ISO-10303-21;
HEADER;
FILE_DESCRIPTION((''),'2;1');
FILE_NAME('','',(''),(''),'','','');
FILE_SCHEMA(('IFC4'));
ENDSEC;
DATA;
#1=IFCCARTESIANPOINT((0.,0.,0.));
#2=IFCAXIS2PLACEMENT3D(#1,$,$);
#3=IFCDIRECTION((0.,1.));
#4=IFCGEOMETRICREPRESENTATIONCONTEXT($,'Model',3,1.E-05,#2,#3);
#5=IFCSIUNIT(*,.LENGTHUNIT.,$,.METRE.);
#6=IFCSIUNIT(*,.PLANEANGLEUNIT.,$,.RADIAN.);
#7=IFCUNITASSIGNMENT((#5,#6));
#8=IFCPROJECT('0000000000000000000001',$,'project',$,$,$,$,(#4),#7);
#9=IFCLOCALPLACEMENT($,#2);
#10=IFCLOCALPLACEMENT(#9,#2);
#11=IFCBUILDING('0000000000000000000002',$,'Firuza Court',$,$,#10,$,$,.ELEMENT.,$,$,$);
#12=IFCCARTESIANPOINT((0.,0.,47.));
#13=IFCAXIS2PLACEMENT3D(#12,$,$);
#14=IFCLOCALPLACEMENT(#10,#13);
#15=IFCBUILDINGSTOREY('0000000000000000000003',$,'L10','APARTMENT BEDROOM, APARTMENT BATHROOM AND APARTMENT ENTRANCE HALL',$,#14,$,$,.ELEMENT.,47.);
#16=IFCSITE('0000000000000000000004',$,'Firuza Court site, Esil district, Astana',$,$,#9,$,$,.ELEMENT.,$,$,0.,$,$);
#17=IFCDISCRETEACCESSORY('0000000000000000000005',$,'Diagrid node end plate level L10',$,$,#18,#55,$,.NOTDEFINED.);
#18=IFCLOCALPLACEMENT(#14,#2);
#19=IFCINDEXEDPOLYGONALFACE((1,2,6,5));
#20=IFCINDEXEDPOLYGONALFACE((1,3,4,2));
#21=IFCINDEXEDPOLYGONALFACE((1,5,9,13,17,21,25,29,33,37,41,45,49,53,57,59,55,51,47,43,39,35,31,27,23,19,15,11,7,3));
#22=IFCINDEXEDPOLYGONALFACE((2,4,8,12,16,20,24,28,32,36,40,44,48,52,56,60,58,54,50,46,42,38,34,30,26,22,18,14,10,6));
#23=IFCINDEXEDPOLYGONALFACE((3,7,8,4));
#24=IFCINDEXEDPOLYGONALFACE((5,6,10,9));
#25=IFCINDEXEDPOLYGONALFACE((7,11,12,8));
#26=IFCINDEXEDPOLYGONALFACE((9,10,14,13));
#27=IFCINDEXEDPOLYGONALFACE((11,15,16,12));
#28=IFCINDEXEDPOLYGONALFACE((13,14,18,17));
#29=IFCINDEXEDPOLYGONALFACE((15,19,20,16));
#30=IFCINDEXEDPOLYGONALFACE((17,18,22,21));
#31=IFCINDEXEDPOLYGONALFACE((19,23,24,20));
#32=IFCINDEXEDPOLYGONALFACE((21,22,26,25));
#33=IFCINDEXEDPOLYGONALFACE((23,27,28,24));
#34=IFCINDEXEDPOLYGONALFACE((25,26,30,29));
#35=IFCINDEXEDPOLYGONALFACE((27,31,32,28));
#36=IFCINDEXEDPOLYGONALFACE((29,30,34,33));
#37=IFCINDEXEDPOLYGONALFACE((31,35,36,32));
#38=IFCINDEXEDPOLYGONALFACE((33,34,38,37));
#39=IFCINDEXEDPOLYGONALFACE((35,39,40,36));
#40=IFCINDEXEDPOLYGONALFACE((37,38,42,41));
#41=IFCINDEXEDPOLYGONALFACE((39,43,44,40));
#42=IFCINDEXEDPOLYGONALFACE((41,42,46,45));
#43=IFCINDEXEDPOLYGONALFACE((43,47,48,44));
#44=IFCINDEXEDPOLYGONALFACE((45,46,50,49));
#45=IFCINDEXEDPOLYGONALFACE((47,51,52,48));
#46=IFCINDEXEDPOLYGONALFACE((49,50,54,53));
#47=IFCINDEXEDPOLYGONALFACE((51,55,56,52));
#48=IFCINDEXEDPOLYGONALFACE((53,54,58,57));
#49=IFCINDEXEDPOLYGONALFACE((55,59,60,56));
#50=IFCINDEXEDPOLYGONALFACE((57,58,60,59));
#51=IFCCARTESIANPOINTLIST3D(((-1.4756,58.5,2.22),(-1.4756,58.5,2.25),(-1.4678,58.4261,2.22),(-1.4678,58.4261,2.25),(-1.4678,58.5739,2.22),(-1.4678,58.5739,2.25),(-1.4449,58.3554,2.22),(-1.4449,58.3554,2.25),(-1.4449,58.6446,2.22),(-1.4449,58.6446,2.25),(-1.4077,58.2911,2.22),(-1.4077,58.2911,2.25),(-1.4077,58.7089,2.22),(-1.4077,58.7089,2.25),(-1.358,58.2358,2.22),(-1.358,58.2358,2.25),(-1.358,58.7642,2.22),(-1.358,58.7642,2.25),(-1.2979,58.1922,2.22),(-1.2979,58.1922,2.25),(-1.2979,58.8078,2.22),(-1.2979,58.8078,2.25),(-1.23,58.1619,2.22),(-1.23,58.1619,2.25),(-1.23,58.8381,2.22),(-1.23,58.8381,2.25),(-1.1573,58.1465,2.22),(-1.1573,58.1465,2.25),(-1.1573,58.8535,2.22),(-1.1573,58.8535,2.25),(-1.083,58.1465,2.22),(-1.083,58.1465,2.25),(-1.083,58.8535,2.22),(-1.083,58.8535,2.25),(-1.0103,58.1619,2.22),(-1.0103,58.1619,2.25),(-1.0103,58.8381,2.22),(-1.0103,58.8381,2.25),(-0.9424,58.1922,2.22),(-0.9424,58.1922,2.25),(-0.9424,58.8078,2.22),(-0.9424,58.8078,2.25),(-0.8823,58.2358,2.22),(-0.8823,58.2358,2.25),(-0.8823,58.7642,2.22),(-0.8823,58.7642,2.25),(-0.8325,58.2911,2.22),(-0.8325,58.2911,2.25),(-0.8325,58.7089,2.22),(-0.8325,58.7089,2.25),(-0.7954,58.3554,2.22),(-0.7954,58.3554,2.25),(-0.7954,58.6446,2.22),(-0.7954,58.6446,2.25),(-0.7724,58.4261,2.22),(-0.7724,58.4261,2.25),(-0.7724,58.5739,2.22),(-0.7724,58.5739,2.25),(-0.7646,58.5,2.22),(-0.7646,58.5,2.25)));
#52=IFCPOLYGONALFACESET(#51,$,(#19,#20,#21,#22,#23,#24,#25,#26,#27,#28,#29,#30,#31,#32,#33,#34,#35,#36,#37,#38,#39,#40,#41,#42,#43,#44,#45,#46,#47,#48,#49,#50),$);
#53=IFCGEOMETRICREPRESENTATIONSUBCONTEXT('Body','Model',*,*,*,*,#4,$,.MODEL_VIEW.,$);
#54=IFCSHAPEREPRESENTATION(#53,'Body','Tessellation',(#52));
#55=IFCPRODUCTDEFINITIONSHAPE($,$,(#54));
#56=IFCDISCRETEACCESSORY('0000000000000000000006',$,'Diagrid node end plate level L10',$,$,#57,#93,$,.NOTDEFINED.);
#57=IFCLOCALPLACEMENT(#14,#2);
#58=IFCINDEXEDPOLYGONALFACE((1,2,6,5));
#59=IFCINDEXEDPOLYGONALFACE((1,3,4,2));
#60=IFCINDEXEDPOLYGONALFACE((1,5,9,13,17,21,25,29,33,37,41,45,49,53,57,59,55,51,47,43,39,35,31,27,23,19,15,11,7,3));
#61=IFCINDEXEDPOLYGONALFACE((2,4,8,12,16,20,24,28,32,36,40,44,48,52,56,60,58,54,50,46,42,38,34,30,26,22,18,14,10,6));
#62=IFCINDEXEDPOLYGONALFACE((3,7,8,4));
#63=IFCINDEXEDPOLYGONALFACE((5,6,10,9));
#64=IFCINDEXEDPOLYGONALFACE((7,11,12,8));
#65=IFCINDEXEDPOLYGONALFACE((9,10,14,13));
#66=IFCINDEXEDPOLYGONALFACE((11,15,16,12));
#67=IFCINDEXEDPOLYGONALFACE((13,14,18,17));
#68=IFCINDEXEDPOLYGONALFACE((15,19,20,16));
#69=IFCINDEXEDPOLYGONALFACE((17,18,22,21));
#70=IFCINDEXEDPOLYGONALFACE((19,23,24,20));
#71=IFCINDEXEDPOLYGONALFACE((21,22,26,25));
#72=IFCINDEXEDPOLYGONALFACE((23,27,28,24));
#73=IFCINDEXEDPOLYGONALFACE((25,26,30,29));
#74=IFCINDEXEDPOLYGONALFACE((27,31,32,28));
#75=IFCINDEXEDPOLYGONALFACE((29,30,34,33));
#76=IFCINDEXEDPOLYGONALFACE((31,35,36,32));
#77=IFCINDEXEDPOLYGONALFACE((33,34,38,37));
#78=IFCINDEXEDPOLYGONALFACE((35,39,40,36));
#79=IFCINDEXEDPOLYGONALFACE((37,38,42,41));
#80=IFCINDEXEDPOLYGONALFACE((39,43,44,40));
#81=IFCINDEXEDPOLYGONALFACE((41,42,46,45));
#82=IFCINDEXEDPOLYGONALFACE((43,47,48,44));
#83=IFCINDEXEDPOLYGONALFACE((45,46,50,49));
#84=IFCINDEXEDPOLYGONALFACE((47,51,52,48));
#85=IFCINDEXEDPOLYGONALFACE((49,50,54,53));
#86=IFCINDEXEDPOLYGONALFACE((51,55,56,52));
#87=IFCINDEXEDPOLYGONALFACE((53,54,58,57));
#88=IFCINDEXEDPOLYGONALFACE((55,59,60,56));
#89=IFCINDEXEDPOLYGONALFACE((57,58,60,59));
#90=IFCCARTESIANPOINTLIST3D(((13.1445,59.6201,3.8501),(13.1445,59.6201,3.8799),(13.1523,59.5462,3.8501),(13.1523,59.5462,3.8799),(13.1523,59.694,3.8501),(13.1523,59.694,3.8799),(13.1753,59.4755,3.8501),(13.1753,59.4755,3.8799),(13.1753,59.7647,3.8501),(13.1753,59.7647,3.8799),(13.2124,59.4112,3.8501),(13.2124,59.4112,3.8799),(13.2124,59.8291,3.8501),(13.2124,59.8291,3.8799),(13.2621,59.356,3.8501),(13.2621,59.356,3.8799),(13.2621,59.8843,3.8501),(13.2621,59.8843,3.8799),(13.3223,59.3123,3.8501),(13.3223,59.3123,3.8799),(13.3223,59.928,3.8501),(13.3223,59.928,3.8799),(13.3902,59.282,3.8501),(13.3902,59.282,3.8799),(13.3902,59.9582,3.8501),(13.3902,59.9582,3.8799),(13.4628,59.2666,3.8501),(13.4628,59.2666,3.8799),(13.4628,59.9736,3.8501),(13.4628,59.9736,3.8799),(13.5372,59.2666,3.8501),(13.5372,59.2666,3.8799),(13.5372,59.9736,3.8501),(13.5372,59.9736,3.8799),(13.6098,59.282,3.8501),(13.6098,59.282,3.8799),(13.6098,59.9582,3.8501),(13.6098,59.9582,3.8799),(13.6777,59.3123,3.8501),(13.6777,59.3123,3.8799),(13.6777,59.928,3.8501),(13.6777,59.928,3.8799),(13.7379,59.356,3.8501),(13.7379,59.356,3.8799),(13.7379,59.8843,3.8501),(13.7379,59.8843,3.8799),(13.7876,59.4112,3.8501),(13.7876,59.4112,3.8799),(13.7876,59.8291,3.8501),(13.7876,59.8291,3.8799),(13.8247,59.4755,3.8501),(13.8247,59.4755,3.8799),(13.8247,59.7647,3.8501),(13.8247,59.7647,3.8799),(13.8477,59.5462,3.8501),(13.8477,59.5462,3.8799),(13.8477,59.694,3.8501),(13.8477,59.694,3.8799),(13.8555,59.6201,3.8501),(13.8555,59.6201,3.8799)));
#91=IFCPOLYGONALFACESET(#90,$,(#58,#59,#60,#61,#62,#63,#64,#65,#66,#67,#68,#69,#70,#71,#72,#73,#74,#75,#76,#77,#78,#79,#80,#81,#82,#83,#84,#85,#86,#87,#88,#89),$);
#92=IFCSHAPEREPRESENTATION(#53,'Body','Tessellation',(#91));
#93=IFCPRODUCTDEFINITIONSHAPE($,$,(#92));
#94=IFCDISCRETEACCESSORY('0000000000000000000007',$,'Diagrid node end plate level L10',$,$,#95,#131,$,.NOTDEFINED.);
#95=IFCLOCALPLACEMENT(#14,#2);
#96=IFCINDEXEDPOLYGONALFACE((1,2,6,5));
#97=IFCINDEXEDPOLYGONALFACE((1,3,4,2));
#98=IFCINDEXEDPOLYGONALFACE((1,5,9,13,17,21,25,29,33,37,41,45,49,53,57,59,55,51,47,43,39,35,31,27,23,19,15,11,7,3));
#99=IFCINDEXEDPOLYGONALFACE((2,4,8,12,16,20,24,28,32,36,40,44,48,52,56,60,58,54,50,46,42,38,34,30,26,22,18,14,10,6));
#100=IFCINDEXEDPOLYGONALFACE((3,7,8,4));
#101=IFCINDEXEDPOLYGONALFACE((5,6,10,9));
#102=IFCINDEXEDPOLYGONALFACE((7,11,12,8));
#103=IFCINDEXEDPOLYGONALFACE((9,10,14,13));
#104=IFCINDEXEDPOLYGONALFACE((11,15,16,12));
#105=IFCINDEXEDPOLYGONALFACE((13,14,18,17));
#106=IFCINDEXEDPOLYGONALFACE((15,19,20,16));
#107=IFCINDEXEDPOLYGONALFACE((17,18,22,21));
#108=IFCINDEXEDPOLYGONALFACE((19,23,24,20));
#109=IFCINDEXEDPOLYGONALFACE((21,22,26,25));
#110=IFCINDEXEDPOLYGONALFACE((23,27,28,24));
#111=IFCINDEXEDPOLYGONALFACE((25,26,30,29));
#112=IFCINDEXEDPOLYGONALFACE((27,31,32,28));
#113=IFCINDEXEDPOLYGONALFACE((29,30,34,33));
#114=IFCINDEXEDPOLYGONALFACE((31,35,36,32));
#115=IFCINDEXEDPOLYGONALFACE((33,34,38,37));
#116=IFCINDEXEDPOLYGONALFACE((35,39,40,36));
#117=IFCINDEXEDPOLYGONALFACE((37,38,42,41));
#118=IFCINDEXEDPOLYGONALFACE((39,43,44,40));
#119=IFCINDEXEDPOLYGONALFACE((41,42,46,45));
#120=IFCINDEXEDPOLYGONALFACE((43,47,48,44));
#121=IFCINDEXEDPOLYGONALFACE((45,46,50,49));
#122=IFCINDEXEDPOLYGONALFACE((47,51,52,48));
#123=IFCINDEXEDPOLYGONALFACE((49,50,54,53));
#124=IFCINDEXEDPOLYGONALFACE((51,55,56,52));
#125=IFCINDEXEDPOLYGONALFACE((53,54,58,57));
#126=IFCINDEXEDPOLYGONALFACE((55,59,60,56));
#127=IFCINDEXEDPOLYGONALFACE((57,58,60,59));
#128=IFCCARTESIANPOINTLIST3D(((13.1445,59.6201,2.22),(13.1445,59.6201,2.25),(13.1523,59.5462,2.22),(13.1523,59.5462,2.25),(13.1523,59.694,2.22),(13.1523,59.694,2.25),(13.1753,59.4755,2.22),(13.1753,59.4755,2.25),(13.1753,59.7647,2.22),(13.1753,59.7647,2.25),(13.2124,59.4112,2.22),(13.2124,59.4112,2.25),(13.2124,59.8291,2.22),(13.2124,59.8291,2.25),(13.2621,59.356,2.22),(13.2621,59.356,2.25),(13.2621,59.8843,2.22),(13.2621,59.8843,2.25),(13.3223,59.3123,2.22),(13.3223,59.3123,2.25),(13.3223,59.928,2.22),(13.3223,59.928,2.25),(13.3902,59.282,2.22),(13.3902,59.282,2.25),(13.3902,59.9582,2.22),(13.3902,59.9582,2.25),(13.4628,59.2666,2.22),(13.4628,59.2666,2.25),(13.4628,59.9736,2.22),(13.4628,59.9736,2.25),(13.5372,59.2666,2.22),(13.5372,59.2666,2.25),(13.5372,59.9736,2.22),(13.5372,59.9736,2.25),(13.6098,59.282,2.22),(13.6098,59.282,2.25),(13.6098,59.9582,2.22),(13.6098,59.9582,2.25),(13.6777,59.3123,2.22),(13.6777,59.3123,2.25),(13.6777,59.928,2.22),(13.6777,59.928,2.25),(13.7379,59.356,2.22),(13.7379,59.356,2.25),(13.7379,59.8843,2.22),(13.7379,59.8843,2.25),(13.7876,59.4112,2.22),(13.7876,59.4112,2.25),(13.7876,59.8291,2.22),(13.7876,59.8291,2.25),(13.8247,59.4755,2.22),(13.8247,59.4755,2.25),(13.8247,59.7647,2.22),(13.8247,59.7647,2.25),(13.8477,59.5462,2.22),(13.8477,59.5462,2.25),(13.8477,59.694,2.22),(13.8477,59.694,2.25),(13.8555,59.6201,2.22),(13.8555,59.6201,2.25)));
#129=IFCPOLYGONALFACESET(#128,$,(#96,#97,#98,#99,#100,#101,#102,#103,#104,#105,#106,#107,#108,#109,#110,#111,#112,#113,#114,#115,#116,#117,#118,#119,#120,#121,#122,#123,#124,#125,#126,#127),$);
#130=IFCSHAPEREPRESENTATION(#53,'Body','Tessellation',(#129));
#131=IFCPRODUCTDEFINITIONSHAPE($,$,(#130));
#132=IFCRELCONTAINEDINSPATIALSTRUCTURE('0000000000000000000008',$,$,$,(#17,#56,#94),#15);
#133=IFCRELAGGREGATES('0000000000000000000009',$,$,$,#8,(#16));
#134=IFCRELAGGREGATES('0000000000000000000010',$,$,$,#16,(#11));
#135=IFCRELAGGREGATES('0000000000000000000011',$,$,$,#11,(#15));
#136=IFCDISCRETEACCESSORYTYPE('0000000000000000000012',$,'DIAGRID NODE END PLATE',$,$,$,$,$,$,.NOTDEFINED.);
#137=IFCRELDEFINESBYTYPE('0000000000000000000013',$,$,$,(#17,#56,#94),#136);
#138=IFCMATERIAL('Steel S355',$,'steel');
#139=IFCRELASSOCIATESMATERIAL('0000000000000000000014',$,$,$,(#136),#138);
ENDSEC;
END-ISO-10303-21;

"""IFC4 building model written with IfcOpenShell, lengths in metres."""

from ifc_helpers import new_model, si_unit, direction, frame, origin, origin_2d, place, context, subcontext, project, spatial, circle, extrude, material, material_profile, profile_set, type_object, element, save


model = new_model("IFC4")

# Units and contexts
model_context = context("Model", 3, precision=1e-05, world=origin(), true_north=direction((0.0, 1.0)))
body_context = subcontext(model_context, "Body", "Model", "MODEL_VIEW")
ifc_project = project(units=[si_unit("LENGTHUNIT", "METRE"), si_unit("PLANEANGLEUNIT", "RADIAN")], contexts=[model_context])

# Site, building, storey
site_placement = place(None, origin())
site = spatial("IfcSite", under=ifc_project, at=site_placement, Name="Firuza Court site, Esil district, Astana", CompositionType="ELEMENT", RefElevation=0.0)
building_placement = place(site_placement, origin())
building = spatial("IfcBuilding", under=site, at=building_placement, Name="Firuza Court", CompositionType="ELEMENT")
storey_placement = place(building_placement, frame((0.0, 0.0, 47.0)))
storey = spatial("IfcBuildingStorey", under=building, at=storey_placement, Name="L10", Description="APARTMENT BEDROOM, APARTMENT BATHROOM AND APARTMENT ENTRANCE HALL", CompositionType="ELEMENT", Elevation=47.0)

# Discrete accessories
ifc_material_1 = material(Name="Steel S355", Category="steel")
ifc_material_profile_1 = material_profile(ifc_material_1, circle(Radius=0.3555, at=origin_2d()), Name="PL D711")
ifc_profile_set_1 = profile_set([ifc_material_profile_1], Name="Steel S355")
discrete_accessory_type = type_object("IfcDiscreteAccessoryType", Name="DIAGRID NODE END PLATE", PredefinedType="NOTDEFINED", material=ifc_profile_set_1)
discrete_accessory_1_placement = place(storey_placement, frame((-1.1201, 58.5, 2.22), z_axis=(0.0, 0.0, 1.0), x_axis=(1.0, 0.0, 0.0)))
element("IfcDiscreteAccessory", 1, at=discrete_accessory_1_placement, inside=storey, type_object=discrete_accessory_type, Name="Diagrid node end plate level L10", PredefinedType="NOTDEFINED", context=body_context, shape_type="SweptSolid", body=[
    extrude(circle(Radius=0.3555, at=origin_2d()), origin(), (0.0, 0.0, 1.0), 0.03),
])
discrete_accessory_2_placement = place(storey_placement, frame((13.5, 59.6201, 3.8501), z_axis=(0.0, 0.0, 1.0), x_axis=(1.0, 0.0, 0.0)))
element("IfcDiscreteAccessory", 2, at=discrete_accessory_2_placement, inside=storey, type_object=discrete_accessory_type, Name="Diagrid node end plate level L10", PredefinedType="NOTDEFINED", context=body_context, shape_type="SweptSolid", body=[
    extrude(circle(Radius=0.3555, at=origin_2d()), origin(), (0.0, 0.0, 1.0), 0.0298),
])
discrete_accessory_3_placement = place(storey_placement, frame((13.5, 59.6201, 2.22), z_axis=(0.0, 0.0, 1.0), x_axis=(1.0, 0.0, 0.0)))
element("IfcDiscreteAccessory", 3, at=discrete_accessory_3_placement, inside=storey, type_object=discrete_accessory_type, Name="Diagrid node end plate level L10", PredefinedType="NOTDEFINED", context=body_context, shape_type="SweptSolid", body=[
    extrude(circle(Radius=0.3555, at=origin_2d()), origin(), (0.0, 0.0, 1.0), 0.03),
])

save(model, "model.ifc")
